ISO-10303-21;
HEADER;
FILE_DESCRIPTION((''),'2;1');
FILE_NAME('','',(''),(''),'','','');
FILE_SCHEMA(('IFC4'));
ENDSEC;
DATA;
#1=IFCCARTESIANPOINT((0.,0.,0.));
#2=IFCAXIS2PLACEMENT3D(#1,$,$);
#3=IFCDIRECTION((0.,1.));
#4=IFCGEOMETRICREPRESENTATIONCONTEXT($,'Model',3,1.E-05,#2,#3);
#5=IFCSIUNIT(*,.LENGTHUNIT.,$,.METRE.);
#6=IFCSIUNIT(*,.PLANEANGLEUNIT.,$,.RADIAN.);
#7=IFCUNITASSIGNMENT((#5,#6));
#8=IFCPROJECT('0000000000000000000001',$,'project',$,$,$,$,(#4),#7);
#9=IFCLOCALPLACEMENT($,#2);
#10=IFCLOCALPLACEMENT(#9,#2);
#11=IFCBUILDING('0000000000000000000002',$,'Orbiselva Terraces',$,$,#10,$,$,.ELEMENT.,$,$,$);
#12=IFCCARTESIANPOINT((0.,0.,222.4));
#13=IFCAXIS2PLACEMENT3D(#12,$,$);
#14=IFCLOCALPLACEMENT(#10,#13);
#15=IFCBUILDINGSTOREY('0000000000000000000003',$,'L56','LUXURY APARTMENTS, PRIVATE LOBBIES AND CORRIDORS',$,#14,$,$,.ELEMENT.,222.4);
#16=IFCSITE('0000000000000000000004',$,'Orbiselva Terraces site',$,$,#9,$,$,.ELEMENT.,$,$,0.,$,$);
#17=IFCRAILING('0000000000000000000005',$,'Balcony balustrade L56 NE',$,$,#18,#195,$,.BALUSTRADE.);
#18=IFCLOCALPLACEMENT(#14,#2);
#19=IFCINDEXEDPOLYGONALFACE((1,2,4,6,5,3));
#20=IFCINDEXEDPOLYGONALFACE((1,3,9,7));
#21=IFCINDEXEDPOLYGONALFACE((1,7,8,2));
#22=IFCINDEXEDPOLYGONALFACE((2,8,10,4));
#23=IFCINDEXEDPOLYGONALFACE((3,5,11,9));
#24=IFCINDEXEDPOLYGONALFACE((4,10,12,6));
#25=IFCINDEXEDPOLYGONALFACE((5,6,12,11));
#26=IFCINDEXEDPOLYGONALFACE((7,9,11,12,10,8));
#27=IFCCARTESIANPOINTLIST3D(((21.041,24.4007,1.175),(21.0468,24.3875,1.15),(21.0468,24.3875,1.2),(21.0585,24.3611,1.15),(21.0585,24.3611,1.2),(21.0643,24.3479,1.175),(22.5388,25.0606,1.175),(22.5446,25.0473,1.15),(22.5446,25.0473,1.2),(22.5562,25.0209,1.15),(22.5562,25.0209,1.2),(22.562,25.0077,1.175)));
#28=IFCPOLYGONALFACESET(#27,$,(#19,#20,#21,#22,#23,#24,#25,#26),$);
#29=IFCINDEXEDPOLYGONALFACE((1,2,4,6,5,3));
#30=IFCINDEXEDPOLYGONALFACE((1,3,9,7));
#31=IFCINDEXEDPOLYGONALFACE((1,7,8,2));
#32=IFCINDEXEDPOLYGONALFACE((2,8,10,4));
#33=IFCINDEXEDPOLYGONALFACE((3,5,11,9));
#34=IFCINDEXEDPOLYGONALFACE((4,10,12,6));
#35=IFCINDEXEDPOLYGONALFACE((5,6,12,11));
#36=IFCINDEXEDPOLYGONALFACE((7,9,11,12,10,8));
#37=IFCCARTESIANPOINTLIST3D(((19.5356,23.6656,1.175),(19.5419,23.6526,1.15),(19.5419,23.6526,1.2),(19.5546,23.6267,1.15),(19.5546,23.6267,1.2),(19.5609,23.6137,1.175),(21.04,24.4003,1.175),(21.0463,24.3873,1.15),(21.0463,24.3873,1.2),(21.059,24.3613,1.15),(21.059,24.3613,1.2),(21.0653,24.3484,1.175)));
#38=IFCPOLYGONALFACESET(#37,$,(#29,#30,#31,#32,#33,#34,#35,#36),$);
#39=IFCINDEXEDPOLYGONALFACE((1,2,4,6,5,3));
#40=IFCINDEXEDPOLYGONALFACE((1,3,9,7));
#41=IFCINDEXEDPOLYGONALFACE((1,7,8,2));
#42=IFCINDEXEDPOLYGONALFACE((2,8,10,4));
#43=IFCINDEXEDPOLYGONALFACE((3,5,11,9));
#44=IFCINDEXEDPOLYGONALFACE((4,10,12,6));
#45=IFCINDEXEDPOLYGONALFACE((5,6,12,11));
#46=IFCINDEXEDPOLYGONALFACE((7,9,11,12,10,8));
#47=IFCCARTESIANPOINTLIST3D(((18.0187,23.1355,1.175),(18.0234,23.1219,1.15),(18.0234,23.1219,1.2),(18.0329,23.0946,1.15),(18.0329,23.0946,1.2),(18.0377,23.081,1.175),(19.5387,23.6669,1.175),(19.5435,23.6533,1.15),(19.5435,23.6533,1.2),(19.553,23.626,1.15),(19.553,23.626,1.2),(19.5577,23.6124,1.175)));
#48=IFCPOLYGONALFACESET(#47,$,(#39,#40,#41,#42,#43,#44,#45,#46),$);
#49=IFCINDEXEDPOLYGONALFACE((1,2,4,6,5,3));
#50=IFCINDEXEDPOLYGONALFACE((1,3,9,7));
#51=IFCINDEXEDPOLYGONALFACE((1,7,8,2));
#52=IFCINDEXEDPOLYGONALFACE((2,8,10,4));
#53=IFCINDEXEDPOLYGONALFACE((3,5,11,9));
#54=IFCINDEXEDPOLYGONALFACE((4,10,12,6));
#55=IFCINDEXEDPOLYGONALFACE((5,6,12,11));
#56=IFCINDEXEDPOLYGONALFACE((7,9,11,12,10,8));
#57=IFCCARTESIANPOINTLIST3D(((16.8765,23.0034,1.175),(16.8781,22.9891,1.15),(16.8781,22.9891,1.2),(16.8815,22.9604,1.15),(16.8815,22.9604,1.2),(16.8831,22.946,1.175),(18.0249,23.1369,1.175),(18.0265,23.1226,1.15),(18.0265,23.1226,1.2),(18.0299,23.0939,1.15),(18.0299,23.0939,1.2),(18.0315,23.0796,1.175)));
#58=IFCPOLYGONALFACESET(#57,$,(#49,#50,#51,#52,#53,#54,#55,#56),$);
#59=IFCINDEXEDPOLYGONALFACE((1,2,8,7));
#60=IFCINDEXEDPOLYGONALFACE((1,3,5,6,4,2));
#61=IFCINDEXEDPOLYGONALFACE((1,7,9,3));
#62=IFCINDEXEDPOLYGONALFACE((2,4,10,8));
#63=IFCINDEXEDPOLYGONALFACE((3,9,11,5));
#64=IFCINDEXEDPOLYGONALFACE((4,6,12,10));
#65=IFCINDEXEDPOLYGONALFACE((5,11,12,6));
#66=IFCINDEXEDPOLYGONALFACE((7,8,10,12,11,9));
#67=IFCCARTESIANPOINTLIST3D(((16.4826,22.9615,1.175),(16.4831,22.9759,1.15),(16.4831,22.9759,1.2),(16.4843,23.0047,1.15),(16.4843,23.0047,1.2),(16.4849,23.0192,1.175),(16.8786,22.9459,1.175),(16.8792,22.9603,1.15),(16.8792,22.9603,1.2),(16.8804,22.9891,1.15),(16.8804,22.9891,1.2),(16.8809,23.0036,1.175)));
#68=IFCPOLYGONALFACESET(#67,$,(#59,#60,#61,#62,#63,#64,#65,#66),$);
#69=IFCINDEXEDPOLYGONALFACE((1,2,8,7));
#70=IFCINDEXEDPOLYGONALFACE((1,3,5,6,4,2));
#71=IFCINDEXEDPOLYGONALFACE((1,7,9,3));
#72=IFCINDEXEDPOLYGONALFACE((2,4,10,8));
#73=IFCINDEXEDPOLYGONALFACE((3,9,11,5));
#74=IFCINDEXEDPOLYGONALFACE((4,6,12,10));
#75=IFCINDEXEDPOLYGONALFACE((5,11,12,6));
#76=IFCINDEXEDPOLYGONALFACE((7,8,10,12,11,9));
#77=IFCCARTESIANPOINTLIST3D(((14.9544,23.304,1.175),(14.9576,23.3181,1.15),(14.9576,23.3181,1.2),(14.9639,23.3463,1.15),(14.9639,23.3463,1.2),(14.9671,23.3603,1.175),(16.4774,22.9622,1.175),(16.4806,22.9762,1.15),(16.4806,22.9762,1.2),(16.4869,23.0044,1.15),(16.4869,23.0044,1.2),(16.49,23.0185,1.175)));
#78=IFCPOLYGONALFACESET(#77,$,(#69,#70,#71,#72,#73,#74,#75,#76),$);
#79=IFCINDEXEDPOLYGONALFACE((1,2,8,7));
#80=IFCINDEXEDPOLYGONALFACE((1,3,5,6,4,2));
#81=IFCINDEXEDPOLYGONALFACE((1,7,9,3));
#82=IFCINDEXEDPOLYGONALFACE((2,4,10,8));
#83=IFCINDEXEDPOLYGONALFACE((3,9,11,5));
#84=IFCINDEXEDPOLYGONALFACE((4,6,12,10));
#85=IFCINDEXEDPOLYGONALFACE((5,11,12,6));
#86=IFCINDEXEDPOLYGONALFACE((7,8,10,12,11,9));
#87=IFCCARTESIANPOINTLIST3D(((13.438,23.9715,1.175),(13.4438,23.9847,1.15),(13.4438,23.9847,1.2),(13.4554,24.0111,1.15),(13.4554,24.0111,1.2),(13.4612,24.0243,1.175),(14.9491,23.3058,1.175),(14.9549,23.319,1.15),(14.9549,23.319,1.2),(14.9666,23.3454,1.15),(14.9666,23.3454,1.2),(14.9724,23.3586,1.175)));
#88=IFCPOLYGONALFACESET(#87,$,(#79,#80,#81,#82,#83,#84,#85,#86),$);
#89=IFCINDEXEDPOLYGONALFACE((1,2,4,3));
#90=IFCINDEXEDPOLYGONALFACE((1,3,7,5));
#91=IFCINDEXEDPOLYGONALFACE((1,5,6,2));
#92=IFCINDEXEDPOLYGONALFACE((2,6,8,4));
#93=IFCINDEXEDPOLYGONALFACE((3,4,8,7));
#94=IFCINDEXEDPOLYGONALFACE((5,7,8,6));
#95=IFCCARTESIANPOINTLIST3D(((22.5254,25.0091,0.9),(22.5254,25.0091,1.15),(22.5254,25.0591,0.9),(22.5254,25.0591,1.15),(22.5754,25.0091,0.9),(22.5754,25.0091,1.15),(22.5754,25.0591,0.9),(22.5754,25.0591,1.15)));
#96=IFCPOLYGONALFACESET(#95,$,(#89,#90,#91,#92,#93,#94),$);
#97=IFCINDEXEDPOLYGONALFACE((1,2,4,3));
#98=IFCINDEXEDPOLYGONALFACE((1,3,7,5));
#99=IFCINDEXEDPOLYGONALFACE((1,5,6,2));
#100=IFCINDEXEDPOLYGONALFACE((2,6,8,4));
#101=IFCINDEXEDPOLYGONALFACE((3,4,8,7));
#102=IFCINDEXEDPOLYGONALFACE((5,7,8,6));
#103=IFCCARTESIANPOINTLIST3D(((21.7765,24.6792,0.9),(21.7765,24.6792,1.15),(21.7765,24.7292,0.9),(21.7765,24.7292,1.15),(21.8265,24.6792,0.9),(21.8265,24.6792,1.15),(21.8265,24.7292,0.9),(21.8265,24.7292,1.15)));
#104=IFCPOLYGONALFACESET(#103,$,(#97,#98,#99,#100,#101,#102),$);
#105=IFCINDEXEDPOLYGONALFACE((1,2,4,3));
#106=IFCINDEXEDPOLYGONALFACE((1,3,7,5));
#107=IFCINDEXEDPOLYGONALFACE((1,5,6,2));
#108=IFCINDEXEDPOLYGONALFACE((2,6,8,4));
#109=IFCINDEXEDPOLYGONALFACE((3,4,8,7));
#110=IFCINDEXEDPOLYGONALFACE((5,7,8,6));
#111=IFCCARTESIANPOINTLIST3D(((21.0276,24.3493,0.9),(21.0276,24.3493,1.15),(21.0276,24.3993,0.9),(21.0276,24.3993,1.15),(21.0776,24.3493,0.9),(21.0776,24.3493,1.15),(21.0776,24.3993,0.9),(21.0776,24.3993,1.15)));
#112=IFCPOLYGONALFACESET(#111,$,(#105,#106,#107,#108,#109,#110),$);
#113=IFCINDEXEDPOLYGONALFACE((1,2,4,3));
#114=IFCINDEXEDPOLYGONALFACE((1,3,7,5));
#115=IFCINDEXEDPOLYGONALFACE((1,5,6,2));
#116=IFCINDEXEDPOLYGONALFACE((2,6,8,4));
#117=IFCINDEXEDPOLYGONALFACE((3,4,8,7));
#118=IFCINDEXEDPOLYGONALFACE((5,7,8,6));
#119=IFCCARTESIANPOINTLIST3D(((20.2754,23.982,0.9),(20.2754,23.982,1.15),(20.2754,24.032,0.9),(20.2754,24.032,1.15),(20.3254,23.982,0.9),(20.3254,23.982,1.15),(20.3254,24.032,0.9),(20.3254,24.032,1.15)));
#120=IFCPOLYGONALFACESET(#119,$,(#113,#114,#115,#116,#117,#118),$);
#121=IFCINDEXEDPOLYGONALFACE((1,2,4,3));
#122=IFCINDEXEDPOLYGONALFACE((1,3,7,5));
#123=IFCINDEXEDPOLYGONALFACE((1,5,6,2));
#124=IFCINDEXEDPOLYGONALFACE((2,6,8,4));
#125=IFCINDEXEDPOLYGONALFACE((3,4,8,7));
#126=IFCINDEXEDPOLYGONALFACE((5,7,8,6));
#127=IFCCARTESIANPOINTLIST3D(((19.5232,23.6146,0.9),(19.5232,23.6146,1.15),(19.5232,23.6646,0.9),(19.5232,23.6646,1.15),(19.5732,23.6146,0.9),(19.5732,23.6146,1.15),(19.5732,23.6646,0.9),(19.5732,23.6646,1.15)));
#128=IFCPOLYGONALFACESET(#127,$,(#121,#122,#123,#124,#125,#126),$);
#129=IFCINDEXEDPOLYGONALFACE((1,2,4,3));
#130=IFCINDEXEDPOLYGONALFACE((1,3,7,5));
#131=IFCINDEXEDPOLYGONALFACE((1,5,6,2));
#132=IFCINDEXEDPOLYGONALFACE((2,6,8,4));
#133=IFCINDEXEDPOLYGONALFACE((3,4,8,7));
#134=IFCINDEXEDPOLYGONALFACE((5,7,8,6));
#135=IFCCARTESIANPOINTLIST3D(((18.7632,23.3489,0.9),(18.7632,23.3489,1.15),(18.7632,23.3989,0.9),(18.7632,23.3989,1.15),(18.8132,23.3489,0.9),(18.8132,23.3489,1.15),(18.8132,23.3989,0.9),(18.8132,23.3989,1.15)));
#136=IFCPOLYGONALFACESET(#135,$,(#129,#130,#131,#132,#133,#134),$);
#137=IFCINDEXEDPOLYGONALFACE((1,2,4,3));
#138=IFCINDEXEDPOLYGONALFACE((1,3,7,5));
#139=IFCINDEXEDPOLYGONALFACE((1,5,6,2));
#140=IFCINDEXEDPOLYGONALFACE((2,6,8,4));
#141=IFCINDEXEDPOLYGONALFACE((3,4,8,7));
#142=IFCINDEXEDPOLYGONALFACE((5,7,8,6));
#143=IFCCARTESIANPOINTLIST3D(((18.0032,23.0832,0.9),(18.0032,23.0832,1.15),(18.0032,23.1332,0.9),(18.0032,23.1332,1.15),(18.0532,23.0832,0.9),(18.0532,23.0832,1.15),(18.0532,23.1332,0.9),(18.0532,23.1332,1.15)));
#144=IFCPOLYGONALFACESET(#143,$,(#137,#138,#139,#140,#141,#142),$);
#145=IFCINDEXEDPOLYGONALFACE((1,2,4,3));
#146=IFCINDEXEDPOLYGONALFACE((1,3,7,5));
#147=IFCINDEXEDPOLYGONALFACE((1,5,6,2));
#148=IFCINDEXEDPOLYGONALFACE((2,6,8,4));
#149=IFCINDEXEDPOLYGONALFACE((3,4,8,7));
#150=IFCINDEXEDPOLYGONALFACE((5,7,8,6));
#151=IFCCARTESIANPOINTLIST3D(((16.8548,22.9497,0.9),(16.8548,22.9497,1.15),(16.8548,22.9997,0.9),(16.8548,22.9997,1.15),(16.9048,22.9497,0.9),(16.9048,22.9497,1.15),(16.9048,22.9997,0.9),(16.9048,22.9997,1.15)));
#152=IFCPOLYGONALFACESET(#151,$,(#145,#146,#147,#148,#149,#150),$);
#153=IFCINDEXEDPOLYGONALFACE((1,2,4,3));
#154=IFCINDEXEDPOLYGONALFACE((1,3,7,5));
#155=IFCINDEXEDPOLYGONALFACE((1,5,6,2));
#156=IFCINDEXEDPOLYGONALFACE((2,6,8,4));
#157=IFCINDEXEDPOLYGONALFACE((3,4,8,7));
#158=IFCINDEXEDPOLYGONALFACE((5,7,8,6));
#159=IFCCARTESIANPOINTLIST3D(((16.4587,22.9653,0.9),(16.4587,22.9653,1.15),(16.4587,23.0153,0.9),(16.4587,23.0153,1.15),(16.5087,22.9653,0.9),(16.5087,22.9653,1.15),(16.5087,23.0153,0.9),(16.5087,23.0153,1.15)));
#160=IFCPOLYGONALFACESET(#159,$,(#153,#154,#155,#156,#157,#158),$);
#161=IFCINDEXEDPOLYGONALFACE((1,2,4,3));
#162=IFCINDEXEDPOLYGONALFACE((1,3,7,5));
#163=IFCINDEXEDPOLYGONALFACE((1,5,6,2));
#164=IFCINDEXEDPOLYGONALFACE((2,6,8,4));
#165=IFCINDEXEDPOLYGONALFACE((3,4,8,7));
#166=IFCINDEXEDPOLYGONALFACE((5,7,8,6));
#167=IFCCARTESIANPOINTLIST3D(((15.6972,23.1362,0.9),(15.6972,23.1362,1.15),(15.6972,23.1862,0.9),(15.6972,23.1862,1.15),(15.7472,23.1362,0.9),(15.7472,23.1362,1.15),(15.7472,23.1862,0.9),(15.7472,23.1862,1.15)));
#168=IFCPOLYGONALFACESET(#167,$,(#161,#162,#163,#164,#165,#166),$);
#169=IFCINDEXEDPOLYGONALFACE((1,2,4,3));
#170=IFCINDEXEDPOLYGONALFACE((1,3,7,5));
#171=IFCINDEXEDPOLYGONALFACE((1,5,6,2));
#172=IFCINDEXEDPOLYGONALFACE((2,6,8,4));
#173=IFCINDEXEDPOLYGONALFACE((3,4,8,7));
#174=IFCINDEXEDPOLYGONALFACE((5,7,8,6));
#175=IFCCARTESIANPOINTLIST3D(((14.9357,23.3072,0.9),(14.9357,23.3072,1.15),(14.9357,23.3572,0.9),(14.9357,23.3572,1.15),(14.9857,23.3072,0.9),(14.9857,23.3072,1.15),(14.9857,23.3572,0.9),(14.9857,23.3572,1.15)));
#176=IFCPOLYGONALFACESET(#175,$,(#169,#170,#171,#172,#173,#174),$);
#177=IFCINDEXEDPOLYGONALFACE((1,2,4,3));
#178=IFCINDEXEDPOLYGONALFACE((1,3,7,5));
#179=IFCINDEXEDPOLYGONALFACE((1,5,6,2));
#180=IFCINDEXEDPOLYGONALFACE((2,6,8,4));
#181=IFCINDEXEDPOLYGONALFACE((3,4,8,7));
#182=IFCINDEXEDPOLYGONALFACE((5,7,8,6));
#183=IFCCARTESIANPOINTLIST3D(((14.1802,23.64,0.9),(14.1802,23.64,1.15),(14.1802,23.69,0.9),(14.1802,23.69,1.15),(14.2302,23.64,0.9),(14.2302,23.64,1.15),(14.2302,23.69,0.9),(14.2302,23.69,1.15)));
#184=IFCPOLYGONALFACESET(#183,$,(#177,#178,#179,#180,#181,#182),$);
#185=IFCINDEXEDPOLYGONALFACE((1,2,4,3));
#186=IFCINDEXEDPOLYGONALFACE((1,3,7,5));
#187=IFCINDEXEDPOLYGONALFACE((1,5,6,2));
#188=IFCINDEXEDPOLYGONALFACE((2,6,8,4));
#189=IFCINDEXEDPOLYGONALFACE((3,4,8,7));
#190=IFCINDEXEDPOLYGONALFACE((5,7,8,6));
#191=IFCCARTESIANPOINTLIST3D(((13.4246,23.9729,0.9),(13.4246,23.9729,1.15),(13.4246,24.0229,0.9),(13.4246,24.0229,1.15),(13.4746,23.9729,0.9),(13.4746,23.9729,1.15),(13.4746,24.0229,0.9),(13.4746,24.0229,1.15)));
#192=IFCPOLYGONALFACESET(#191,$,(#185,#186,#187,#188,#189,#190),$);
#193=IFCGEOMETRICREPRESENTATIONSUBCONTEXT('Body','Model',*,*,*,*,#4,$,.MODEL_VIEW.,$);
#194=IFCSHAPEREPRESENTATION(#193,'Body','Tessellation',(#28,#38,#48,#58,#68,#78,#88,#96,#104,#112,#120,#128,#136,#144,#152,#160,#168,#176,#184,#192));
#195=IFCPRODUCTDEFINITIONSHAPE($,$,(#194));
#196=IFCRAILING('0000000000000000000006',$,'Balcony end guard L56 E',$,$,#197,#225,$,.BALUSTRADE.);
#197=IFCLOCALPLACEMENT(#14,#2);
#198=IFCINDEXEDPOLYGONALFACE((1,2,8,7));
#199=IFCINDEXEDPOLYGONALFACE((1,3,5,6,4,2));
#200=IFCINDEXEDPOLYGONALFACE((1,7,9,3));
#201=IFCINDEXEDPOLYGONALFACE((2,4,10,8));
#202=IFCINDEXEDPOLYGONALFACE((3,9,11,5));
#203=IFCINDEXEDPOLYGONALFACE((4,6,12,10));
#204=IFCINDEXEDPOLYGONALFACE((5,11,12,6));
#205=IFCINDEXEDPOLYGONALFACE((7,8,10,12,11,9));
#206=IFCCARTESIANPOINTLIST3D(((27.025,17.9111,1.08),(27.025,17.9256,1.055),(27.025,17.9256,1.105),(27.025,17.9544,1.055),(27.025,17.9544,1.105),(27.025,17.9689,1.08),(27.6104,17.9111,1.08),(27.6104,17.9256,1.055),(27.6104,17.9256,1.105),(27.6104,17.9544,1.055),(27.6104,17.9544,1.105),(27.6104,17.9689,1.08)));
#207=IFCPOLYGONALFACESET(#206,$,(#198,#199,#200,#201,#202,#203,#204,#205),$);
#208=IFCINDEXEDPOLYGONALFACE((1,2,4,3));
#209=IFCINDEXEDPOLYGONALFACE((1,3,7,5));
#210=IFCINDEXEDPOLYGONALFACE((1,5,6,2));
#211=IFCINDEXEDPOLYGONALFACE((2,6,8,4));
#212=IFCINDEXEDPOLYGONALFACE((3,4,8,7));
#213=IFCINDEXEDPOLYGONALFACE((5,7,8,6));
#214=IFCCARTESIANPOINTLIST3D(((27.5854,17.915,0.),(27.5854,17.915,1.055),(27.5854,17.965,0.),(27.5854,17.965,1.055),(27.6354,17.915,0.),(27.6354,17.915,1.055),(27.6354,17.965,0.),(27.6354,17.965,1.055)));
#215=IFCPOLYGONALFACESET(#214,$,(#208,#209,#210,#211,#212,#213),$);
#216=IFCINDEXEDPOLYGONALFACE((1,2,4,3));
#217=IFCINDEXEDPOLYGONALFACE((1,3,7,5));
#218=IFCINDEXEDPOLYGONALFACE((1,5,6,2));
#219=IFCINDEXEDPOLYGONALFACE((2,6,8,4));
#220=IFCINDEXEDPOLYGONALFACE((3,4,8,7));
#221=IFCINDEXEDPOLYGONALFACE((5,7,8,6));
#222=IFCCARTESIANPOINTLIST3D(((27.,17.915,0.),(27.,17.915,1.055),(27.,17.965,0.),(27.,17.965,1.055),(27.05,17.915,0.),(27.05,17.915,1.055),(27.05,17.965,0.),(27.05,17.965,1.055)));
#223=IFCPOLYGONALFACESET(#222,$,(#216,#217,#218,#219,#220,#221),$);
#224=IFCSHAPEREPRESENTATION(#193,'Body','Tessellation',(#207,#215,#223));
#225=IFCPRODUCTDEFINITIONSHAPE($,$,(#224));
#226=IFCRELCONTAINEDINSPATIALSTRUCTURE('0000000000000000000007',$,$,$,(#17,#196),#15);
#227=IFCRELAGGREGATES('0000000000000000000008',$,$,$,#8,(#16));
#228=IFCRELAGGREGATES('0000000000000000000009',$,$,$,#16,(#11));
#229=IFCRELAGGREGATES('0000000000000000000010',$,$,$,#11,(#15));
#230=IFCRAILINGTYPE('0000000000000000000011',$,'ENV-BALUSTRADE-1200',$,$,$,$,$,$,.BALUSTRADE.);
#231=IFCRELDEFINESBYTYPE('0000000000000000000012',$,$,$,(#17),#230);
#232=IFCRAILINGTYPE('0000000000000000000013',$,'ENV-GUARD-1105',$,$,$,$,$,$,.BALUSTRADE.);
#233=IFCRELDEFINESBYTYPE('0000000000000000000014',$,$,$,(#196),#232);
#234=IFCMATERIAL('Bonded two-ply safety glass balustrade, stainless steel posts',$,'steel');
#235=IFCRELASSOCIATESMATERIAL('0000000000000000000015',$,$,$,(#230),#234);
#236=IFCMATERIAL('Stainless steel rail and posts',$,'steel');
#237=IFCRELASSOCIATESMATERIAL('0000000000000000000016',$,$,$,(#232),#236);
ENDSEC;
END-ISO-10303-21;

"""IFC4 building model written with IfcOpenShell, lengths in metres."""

from ifc_helpers import new_model, si_unit, direction, frame, origin, origin_2d, place, context, subcontext, project, spatial, polyline, rectangle, outline, extrude, material, type_object, element, save


model = new_model("IFC4")

# Units and contexts
model_context = context("Model", 3, precision=1e-05, world=origin(), true_north=direction((0.0, 1.0)))
body_context = subcontext(model_context, "Body", "Model", "MODEL_VIEW")
ifc_project = project(units=[si_unit("LENGTHUNIT", "METRE"), si_unit("PLANEANGLEUNIT", "RADIAN")], contexts=[model_context])

# Site, building, storey
site_placement = place(None, origin())
site = spatial("IfcSite", under=ifc_project, at=site_placement, Name="Orbiselva Terraces site", CompositionType="ELEMENT", RefElevation=0.0)
building_placement = place(site_placement, origin())
building = spatial("IfcBuilding", under=site, at=building_placement, Name="Orbiselva Terraces", CompositionType="ELEMENT")
storey_placement = place(building_placement, frame((0.0, 0.0, 222.4)))
storey = spatial("IfcBuildingStorey", under=building, at=storey_placement, Name="L56", Description="LUXURY APARTMENTS, PRIVATE LOBBIES AND CORRIDORS", CompositionType="ELEMENT", Elevation=222.4)

# Railings
ifc_material_1 = material(Name="Bonded two-ply safety glass balustrade, stainless steel posts", Category="steel")
railing_type_1 = type_object("IfcRailingType", Name="ENV-BALUSTRADE-1200", PredefinedType="BALUSTRADE", material=ifc_material_1)
railing_1_placement = place(storey_placement, frame((22.5504, 25.0341, 0.9)))
element("IfcRailing", 1, at=railing_1_placement, inside=storey, type_object=railing_type_1, Name="Balcony balustrade L56 NE", PredefinedType="BALUSTRADE", context=body_context, shape_type="SweptSolid", body=[
    extrude(outline(polyline([(0.0289, 0.0), (0.0144, 0.025), (-0.0144, 0.025), (-0.0289, 0.0), (-0.0144, -0.025), (0.0144, -0.025), (0.0289, 0.0)])), frame((0.0, 0.0, 0.275), z_axis=(-0.915133, -0.403151, 0.0), x_axis=(0.403151, -0.915133, 0.0)), (0.0, 0.0, 1.0), 1.6366),
    extrude(outline(polyline([(0.0289, 0.0), (0.0144, 0.025), (-0.0144, 0.025), (-0.0289, 0.0), (-0.0144, -0.025), (0.0144, -0.025), (0.0289, 0.0)])), frame((-1.4978, -0.6598, 0.275), z_axis=(-0.898579, -0.438812, 0.0), x_axis=(0.438812, -0.898579, 0.0)), (0.0, 0.0, 1.0), 1.6742),
    extrude(outline(polyline([(0.0289, 0.0), (0.0144, 0.025), (-0.0144, 0.025), (-0.0289, 0.0), (-0.0144, -0.025), (0.0144, -0.025), (0.0289, 0.0)])), frame((-3.0022, -1.3945, 0.275), z_axis=(-0.943972, -0.330025, 0.0), x_axis=(0.330025, -0.943972, 0.0)), (0.0, 0.0, 1.0), 1.6103),
    extrude(outline(polyline([(0.0289, 0.0), (0.0144, 0.025), (-0.0144, 0.025), (-0.0289, 0.0), (-0.0144, -0.025), (0.0144, -0.025), (0.0289, 0.0)])), frame((-4.5222, -1.9259, 0.275), z_axis=(-0.99331, -0.115482, 0.0), x_axis=(0.115482, -0.99331, 0.0)), (0.0, 0.0, 1.0), 1.1561),
    extrude(outline(polyline([(0.0289, 0.0), (0.0144, 0.025), (-0.0144, 0.025), (-0.0289, 0.0), (-0.0144, -0.025), (0.0144, -0.025), (0.0289, 0.0)])), frame((-5.6706, -2.0594, 0.275), z_axis=(-0.999225, 0.039369, 0.0), x_axis=(-0.039369, -0.999225, 0.0)), (0.0, 0.0, 1.0), 0.3964),
    extrude(outline(polyline([(0.0289, 0.0), (0.0144, 0.025), (-0.0144, 0.025), (-0.0289, 0.0), (-0.0144, -0.025), (0.0144, -0.025), (0.0289, 0.0)])), frame((-6.0667, -2.0438, 0.275), z_axis=(-0.975721, 0.219016, 0.0), x_axis=(-0.219016, -0.975721, 0.0)), (0.0, 0.0, 1.0), 1.5609),
    extrude(outline(polyline([(0.0289, 0.0), (0.0144, 0.025), (-0.0144, 0.025), (-0.0289, 0.0), (-0.0144, -0.025), (0.0144, -0.025), (0.0289, 0.0)])), frame((-7.5896, -1.702, 0.275), z_axis=(-0.915134, 0.403151, 0.0), x_axis=(-0.403151, -0.915134, 0.0)), (0.0, 0.0, 1.0), 1.6513),
    extrude(rectangle(XDim=0.05, YDim=0.05, at=origin_2d()), origin(), (0.0, 0.0, 1.0), 0.25),
    extrude(rectangle(XDim=0.05, YDim=0.05, at=origin_2d()), frame((-0.7489, -0.3299, 0.0)), (0.0, 0.0, 1.0), 0.25),
    extrude(rectangle(XDim=0.05, YDim=0.05, at=origin_2d()), frame((-1.4978, -0.6598, 0.0)), (0.0, 0.0, 1.0), 0.25),
    extrude(rectangle(XDim=0.05, YDim=0.05, at=origin_2d()), frame((-2.25, -1.0272, 0.0)), (0.0, 0.0, 1.0), 0.25),
    extrude(rectangle(XDim=0.05, YDim=0.05, at=origin_2d()), frame((-3.0022, -1.3945, 0.0)), (0.0, 0.0, 1.0), 0.25),
    extrude(rectangle(XDim=0.05, YDim=0.05, at=origin_2d()), frame((-3.7622, -1.6602, 0.0)), (0.0, 0.0, 1.0), 0.25),
    extrude(rectangle(XDim=0.05, YDim=0.05, at=origin_2d()), frame((-4.5222, -1.9259, 0.0)), (0.0, 0.0, 1.0), 0.25),
    extrude(rectangle(XDim=0.05, YDim=0.05, at=origin_2d()), frame((-5.6706, -2.0594, 0.0)), (0.0, 0.0, 1.0), 0.25),
    extrude(rectangle(XDim=0.05, YDim=0.05, at=origin_2d()), frame((-6.0667, -2.0438, 0.0)), (0.0, 0.0, 1.0), 0.25),
    extrude(rectangle(XDim=0.05, YDim=0.05, at=origin_2d()), frame((-6.8282, -1.8729, 0.0)), (0.0, 0.0, 1.0), 0.25),
    extrude(rectangle(XDim=0.05, YDim=0.05, at=origin_2d()), frame((-7.5896, -1.702, 0.0)), (0.0, 0.0, 1.0), 0.25),
    extrude(rectangle(XDim=0.05, YDim=0.05, at=origin_2d()), frame((-8.3452, -1.3691, 0.0)), (0.0, 0.0, 1.0), 0.25),
    extrude(rectangle(XDim=0.05, YDim=0.05, at=origin_2d()), frame((-9.1008, -1.0362, 0.0)), (0.0, 0.0, 1.0), 0.25),
])
ifc_material_2 = material(Name="Stainless steel rail and posts", Category="steel")
railing_type_2 = type_object("IfcRailingType", Name="ENV-GUARD-1105", PredefinedType="BALUSTRADE", material=ifc_material_2)
railing_2_placement = place(storey_placement, frame((27.6104, 17.94, 0.0)))
element("IfcRailing", 2, at=railing_2_placement, inside=storey, type_object=railing_type_2, Name="Balcony end guard L56 E", PredefinedType="BALUSTRADE", context=body_context, shape_type="SweptSolid", body=[
    extrude(outline(polyline([(0.0289, 0.0), (0.0144, 0.025), (-0.0144, 0.025), (-0.0289, 0.0), (-0.0144, -0.025), (0.0144, -0.025), (0.0289, 0.0)])), frame((0.0, 0.0, 1.08), z_axis=(-1.0, 0.0, 0.0), x_axis=(0.0, -1.0, 0.0)), (0.0, 0.0, 1.0), 0.5854),
    extrude(rectangle(XDim=0.05, YDim=0.05, at=origin_2d()), origin(), (0.0, 0.0, 1.0), 1.055),
    extrude(rectangle(XDim=0.05, YDim=0.05, at=origin_2d()), frame((-0.5854, 0.0, 0.0)), (0.0, 0.0, 1.0), 1.055),
])

save(model, "model.ifc")
